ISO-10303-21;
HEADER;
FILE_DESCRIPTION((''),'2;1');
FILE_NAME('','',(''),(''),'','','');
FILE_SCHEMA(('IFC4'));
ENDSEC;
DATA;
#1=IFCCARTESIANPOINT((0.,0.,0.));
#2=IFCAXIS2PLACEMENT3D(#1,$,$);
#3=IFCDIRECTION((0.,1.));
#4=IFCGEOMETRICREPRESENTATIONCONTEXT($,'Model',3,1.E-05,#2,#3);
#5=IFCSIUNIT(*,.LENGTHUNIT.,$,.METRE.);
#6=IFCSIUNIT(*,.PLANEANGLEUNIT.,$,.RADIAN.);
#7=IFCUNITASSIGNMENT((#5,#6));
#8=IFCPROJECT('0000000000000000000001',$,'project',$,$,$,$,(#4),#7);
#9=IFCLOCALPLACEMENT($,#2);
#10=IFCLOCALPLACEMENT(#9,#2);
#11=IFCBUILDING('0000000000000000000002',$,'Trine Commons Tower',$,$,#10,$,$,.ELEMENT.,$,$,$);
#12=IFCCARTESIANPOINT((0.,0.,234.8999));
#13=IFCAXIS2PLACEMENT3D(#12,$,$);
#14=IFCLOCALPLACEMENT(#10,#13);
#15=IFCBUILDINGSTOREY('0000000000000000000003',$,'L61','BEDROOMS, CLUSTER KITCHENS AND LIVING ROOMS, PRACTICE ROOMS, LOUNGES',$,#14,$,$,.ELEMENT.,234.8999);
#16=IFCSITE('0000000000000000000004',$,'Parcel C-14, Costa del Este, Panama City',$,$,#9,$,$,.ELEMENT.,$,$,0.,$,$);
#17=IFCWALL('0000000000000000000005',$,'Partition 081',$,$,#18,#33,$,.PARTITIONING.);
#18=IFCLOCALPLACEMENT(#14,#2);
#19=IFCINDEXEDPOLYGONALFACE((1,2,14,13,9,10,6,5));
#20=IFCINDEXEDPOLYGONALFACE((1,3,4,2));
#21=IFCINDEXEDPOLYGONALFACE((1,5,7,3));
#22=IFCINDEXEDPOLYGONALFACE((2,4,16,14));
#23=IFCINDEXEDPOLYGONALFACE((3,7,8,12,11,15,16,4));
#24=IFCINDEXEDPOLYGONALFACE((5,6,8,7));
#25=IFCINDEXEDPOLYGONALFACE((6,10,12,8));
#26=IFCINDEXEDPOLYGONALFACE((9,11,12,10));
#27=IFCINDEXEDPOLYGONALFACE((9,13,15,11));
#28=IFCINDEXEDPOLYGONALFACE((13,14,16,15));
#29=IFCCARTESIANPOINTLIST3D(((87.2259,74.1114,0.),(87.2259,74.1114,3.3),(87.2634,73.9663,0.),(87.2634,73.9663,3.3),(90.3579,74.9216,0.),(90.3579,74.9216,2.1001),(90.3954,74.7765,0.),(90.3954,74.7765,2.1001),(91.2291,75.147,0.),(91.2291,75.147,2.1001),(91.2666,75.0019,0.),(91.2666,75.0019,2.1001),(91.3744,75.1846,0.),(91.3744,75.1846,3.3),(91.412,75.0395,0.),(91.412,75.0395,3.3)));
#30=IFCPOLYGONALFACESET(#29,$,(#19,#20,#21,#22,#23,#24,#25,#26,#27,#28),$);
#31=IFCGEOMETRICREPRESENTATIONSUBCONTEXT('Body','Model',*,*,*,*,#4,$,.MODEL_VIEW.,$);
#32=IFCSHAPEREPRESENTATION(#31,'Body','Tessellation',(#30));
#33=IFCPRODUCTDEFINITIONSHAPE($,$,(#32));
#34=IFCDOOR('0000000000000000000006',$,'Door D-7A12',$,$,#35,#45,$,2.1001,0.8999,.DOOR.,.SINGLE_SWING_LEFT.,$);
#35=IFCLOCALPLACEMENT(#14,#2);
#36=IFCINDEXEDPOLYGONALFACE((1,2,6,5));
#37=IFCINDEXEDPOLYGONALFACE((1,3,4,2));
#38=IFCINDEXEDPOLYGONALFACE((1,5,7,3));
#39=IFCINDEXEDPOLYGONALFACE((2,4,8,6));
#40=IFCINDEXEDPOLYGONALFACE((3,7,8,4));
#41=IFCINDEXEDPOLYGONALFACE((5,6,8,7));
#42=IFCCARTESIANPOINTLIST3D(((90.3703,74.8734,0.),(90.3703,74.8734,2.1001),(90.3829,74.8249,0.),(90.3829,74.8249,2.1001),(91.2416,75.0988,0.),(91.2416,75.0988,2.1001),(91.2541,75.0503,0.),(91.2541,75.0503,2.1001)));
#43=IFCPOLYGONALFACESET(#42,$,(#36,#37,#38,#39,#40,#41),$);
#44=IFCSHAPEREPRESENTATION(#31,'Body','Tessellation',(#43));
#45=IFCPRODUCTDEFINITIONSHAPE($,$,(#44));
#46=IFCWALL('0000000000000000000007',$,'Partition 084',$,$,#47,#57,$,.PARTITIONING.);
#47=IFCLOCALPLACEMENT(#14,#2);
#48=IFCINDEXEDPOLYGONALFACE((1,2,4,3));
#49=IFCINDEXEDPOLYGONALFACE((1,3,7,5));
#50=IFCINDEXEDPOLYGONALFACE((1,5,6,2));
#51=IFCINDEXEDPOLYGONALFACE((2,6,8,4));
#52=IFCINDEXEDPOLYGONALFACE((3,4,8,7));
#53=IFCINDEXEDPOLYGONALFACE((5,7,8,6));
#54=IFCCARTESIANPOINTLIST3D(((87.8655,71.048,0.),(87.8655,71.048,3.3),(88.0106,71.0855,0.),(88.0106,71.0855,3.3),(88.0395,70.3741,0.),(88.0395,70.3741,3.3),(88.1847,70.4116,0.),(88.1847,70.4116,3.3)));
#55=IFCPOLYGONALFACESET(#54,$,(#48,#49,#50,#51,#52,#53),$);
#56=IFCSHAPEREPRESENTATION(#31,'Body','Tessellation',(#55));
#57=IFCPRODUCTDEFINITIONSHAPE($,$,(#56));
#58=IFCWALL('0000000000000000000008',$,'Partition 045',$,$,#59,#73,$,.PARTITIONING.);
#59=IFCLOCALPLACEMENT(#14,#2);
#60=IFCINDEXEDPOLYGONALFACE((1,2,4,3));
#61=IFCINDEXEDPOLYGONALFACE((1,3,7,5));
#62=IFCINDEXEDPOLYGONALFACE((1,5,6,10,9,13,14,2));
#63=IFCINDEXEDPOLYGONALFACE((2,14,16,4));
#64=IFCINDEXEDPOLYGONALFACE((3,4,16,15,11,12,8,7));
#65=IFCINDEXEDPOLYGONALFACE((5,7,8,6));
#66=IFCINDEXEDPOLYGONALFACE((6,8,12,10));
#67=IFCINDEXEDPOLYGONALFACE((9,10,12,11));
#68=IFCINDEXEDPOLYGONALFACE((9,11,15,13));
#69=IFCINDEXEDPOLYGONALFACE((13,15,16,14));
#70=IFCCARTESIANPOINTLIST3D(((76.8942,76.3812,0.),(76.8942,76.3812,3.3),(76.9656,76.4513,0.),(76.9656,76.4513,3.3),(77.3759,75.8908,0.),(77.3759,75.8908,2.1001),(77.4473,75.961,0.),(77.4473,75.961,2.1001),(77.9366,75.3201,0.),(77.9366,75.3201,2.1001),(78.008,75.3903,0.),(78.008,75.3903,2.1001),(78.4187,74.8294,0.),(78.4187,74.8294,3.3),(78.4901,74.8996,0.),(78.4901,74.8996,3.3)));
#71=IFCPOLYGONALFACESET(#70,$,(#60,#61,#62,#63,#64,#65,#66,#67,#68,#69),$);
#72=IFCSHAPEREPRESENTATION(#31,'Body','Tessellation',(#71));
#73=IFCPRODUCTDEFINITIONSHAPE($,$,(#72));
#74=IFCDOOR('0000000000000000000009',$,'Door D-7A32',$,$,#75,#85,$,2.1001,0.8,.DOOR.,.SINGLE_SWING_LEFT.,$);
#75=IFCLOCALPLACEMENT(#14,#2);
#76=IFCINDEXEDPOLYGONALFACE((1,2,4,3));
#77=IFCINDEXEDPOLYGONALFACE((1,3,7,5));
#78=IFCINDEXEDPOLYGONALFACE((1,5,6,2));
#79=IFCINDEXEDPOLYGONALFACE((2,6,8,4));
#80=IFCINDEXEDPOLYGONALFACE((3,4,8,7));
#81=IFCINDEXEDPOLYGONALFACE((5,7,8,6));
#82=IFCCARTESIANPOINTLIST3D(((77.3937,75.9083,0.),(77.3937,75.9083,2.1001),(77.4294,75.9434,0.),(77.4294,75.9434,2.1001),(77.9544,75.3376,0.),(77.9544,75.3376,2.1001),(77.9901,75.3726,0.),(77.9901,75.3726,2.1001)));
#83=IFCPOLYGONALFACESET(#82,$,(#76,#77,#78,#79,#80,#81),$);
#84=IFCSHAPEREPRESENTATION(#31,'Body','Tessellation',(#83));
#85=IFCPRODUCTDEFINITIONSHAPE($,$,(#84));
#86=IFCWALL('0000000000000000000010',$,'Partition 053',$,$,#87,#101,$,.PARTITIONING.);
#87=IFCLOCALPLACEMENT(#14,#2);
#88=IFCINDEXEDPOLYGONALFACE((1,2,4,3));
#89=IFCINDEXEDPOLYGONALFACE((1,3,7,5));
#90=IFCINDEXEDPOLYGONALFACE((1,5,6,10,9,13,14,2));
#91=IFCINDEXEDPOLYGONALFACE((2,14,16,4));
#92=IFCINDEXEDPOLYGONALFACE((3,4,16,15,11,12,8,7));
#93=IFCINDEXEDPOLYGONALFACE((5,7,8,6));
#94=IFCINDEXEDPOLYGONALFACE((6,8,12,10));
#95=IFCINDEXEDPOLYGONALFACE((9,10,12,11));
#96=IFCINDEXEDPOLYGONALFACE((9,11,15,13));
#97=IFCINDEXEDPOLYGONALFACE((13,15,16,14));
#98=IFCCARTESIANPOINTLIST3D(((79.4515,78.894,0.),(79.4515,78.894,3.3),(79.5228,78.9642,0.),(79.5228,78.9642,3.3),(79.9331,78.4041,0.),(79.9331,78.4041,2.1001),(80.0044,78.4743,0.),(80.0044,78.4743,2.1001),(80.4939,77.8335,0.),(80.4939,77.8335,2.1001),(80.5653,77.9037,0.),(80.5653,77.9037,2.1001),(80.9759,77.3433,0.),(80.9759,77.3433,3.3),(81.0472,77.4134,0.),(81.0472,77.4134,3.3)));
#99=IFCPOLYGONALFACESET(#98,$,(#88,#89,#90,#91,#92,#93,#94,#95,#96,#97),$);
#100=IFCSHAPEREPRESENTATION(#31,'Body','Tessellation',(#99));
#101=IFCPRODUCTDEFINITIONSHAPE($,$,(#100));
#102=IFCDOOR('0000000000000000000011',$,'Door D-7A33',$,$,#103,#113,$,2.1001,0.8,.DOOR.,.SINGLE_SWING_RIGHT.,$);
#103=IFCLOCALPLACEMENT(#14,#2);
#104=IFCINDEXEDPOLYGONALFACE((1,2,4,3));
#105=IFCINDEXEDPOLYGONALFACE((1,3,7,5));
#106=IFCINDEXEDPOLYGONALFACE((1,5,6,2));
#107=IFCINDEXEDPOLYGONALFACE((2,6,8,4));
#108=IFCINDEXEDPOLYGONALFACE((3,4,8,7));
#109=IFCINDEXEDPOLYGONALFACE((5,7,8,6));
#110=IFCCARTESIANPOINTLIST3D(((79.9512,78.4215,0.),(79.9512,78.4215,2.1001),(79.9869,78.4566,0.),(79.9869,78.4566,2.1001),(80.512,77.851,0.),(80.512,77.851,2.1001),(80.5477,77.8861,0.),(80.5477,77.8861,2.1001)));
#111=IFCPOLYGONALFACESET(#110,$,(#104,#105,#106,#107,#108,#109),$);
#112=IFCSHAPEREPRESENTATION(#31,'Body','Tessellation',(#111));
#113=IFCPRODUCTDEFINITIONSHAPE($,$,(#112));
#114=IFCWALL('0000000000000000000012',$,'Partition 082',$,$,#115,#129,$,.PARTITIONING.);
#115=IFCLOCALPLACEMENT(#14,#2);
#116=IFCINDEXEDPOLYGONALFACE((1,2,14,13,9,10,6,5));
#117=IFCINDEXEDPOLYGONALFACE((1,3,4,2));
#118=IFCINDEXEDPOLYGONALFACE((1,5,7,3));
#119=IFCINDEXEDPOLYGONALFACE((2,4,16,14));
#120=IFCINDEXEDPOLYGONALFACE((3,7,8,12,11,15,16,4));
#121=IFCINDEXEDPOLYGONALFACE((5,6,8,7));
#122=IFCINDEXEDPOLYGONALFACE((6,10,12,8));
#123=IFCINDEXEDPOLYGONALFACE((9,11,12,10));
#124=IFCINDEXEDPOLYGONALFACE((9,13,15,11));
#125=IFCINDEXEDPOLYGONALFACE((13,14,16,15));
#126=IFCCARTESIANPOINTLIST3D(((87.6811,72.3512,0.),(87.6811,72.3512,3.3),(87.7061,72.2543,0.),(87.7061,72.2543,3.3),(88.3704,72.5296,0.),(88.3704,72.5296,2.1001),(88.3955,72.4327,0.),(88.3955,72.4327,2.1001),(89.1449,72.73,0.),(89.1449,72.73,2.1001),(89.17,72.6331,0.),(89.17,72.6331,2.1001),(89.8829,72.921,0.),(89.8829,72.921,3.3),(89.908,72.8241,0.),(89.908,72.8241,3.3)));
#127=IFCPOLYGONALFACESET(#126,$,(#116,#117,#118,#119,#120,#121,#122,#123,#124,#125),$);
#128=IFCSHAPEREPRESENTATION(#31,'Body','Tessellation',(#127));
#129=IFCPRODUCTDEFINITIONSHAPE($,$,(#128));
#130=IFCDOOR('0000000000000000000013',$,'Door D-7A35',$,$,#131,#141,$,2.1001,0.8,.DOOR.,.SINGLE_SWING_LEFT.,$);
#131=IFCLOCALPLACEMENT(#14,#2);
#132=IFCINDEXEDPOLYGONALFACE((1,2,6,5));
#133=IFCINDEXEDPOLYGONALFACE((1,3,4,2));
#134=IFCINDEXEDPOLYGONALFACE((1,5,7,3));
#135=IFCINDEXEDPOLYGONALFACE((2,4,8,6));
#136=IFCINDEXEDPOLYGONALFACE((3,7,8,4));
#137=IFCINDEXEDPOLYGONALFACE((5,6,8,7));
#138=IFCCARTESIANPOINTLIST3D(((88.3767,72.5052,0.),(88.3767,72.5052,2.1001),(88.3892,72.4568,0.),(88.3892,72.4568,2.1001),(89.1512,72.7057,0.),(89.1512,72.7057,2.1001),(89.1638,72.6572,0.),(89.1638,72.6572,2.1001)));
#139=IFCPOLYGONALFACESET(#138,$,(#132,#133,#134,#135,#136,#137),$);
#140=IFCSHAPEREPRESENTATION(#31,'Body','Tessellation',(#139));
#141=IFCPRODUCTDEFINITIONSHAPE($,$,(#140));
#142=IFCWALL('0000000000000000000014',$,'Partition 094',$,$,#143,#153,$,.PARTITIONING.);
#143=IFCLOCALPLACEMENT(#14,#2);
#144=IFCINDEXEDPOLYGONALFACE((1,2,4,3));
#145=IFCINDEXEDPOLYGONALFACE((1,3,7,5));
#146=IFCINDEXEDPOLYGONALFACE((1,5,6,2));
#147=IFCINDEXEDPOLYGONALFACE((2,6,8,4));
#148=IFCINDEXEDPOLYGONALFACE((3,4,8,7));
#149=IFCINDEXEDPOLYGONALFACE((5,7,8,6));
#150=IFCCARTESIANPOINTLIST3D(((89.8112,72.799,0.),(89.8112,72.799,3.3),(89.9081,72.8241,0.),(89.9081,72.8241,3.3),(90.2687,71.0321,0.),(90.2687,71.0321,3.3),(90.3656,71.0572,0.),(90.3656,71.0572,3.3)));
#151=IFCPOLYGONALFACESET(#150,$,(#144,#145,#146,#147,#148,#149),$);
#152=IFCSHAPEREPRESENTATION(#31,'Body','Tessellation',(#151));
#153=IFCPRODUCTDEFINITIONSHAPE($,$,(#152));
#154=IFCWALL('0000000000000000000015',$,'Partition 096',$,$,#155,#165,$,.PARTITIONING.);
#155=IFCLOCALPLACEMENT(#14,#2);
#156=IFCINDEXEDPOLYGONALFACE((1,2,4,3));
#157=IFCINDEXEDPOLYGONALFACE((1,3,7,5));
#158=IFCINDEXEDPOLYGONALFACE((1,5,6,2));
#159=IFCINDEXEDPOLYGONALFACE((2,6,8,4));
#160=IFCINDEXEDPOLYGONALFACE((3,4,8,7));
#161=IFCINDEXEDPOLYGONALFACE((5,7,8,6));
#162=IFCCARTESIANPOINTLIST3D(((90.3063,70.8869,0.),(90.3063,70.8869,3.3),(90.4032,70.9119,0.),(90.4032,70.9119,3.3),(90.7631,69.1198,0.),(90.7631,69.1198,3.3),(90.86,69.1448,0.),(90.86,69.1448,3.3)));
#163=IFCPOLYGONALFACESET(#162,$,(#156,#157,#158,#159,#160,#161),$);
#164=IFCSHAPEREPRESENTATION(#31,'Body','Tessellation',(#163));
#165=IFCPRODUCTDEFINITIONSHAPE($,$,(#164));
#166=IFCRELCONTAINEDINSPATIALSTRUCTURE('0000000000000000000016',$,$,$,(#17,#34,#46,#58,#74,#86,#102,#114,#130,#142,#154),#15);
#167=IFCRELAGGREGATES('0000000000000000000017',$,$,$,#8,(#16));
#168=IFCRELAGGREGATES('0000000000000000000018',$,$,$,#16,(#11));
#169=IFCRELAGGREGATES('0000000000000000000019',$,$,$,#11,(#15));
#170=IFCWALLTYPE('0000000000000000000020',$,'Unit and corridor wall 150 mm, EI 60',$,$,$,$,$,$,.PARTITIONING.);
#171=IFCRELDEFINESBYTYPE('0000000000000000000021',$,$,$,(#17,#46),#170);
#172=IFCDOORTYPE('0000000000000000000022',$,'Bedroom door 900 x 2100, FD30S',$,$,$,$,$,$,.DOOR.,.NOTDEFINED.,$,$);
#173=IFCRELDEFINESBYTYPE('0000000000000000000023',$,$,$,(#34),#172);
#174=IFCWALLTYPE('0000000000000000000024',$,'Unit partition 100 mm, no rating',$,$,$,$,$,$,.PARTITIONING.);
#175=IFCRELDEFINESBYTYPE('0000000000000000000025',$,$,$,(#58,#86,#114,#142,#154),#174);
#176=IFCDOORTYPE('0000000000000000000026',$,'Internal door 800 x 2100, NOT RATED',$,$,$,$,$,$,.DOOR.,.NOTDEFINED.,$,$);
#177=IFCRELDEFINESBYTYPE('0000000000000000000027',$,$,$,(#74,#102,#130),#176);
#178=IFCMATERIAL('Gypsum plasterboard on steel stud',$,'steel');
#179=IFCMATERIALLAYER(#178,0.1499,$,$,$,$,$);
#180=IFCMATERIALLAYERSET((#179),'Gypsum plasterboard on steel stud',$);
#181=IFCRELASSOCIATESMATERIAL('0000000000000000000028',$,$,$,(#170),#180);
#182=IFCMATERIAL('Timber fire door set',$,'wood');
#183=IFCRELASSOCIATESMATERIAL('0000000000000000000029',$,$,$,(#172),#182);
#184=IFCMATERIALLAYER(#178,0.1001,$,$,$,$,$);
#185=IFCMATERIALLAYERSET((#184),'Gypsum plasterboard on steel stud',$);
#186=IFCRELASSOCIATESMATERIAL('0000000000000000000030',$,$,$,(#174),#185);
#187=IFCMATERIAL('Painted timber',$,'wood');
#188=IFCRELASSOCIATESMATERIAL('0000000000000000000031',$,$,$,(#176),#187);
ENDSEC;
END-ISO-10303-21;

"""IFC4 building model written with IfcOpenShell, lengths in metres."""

from ifc_helpers import new_model, si_unit, direction, frame, frame_2d, origin, place, context, subcontext, project, spatial, rectangle, extrude, material, layer, layer_set, type_object, element, fill, save


model = new_model("IFC4")

# Units and contexts
model_context = context("Model", 3, precision=1e-05, world=origin(), true_north=direction((0.0, 1.0)))
body_context = subcontext(model_context, "Body", "Model", "MODEL_VIEW")
ifc_project = project(units=[si_unit("LENGTHUNIT", "METRE"), si_unit("PLANEANGLEUNIT", "RADIAN")], contexts=[model_context])

# Site, building, storey
site_placement = place(None, origin())
site = spatial("IfcSite", under=ifc_project, at=site_placement, Name="Parcel C-14, Costa del Este, Panama City", CompositionType="ELEMENT", RefElevation=0.0)
building_placement = place(site_placement, origin())
building = spatial("IfcBuilding", under=site, at=building_placement, Name="Trine Commons Tower", CompositionType="ELEMENT")
storey_placement = place(building_placement, frame((0.0, 0.0, 234.8999)))
storey = spatial("IfcBuildingStorey", under=building, at=storey_placement, Name="L61", Description="BEDROOMS, CLUSTER KITCHENS AND LIVING ROOMS, PRACTICE ROOMS, LOUNGES", CompositionType="ELEMENT", Elevation=234.8999)

# Shared definitions
ifc_material_1 = material(Name="Gypsum plasterboard on steel stud", Category="steel")
ifc_layer_1 = layer(ifc_material_1, 0.1499)
ifc_layer_set_1 = layer_set([ifc_layer_1], Name="Gypsum plasterboard on steel stud")
wall_type_1 = type_object("IfcWallType", Name="Unit and corridor wall 150 mm, EI 60", PredefinedType="PARTITIONING", material=ifc_layer_set_1)

# Shared definitions
ifc_material_2 = material(Name="Painted timber", Category="wood")

# Shared definitions
ifc_material_3 = material(Name="Timber fire door set", Category="wood")

# Wall, opening, door
wall_1_placement = place(storey_placement, frame((87.2446, 74.0388, 0.0), z_axis=(0.0, 0.0, 1.0), x_axis=(0.96813, 0.25045, 0.0)))
wall_1 = element("IfcWall", 1, at=wall_1_placement, inside=storey, type_object=wall_type_1, Name="Partition 081", PredefinedType="PARTITIONING", context=body_context, shape_type="SweptSolid", body=[
    extrude(rectangle(XDim=4.2852, YDim=0.1499, at=frame_2d((2.1426, 0.0))), origin(), (0.0, 0.0, 1.0), 3.3),
])
opening_1_placement = place(wall_1_placement, frame((3.2351, 0.0, 0.0)))
opening_1 = element("IfcOpeningElement", 2, at=opening_1_placement, cuts=wall_1, PredefinedType="OPENING", context=body_context, shape_type="SweptSolid", body=[
    extrude(rectangle(XDim=0.8999, YDim=2.1001, at=frame_2d((0.45, 1.05))), frame((0.0, 0.085, 0.0), z_axis=(0.0, -1.0, 0.0), x_axis=(1.0, 0.0, 0.0)), (0.0, 0.0, 1.0), 0.1699),
])
door_type_1 = type_object("IfcDoorType", Name="Bedroom door 900 x 2100, FD30S", OperationType="NOTDEFINED", PredefinedType="DOOR", material=ifc_material_3)
door_1_placement = place(opening_1_placement, frame((0.8999, 0.0, 0.0), z_axis=(0.0, 0.0, 1.0), x_axis=(-1.0, 0.0, 0.0)))
door_1 = element("IfcDoor", 3, at=door_1_placement, inside=storey, type_object=door_type_1, Name="Door D-7A12", OperationType="SINGLE_SWING_LEFT", OverallHeight=2.1001, OverallWidth=0.8999, PredefinedType="DOOR", context=body_context, shape_type="SweptSolid", body=[
    extrude(rectangle(XDim=0.8999, YDim=2.1001, at=frame_2d((0.45, 1.05))), frame((0.0, 0.0249, 0.0), z_axis=(0.0, -1.0, 0.0), x_axis=(1.0, 0.0, 0.0)), (0.0, 0.0, 1.0), 0.05),
])
fill(opening_1, door_1)

# Wall
wall_2_placement = place(storey_placement, frame((87.938, 71.0669, 0.0), z_axis=(0.0, 0.0, 1.0), x_axis=(0.250122, -0.968214, 0.0)))
element("IfcWall", 4, at=wall_2_placement, inside=storey, type_object=wall_type_1, Name="Partition 084", PredefinedType="PARTITIONING", context=body_context, shape_type="SweptSolid", body=[
    extrude(rectangle(XDim=0.696, YDim=0.1499, at=frame_2d((0.3481, 0.0))), origin(), (0.0, 0.0, 1.0), 3.3),
])

# Walls, openings, doors
ifc_layer_2 = layer(ifc_material_1, 0.1001)
ifc_layer_set_2 = layer_set([ifc_layer_2], Name="Gypsum plasterboard on steel stud")
wall_type_2 = type_object("IfcWallType", Name="Unit partition 100 mm, no rating", PredefinedType="PARTITIONING", material=ifc_layer_set_2)
wall_3_placement = place(storey_placement, frame((76.9299, 76.4163, 0.0), z_axis=(0.0, 0.0, 1.0), x_axis=(0.700794, -0.713364, 0.0)))
wall_3 = element("IfcWall", 5, at=wall_3_placement, inside=storey, type_object=wall_type_2, Name="Partition 045", PredefinedType="PARTITIONING", context=body_context, shape_type="SweptSolid", body=[
    extrude(rectangle(XDim=2.1753, YDim=0.1001, at=frame_2d((1.0876, 0.0))), origin(), (0.0, 0.0, 1.0), 3.3),
])
opening_2_placement = place(wall_3_placement, frame((0.6875, 0.0, 0.0)))
opening_2 = element("IfcOpeningElement", 6, at=opening_2_placement, cuts=wall_3, PredefinedType="OPENING", context=body_context, shape_type="SweptSolid", body=[
    extrude(rectangle(XDim=0.8, YDim=2.1001, at=frame_2d((0.3999, 1.05))), frame((0.0, 0.0601, 0.0), z_axis=(0.0, -1.0, 0.0), x_axis=(1.0, 0.0, 0.0)), (0.0, 0.0, 1.0), 0.1201),
])
door_type_2 = type_object("IfcDoorType", Name="Internal door 800 x 2100, NOT RATED", OperationType="NOTDEFINED", PredefinedType="DOOR", material=ifc_material_2)
door_2_placement = place(opening_2_placement, origin())
door_2 = element("IfcDoor", 7, at=door_2_placement, inside=storey, type_object=door_type_2, Name="Door D-7A32", OperationType="SINGLE_SWING_LEFT", OverallHeight=2.1001, OverallWidth=0.8, PredefinedType="DOOR", context=body_context, shape_type="SweptSolid", body=[
    extrude(rectangle(XDim=0.8, YDim=2.1001, at=frame_2d((0.3999, 1.05))), frame((0.0, 0.0249, 0.0), z_axis=(0.0, -1.0, 0.0), x_axis=(1.0, 0.0, 0.0)), (0.0, 0.0, 1.0), 0.05),
])
fill(opening_2, door_2)
wall_4_placement = place(storey_placement, frame((79.4871, 78.9292, 0.0), z_axis=(0.0, 0.0, 1.0), x_axis=(0.701018, -0.713143, 0.0)))
wall_4 = element("IfcWall", 8, at=wall_4_placement, inside=storey, type_object=wall_type_2, Name="Partition 053", PredefinedType="PARTITIONING", context=body_context, shape_type="SweptSolid", body=[
    extrude(rectangle(XDim=2.1746, YDim=0.1001, at=frame_2d((1.0874, 0.0))), origin(), (0.0, 0.0, 1.0), 3.3),
])
opening_3_placement = place(wall_4_placement, frame((0.6873, 0.0, 0.0)))
opening_3 = element("IfcOpeningElement", 9, at=opening_3_placement, cuts=wall_4, PredefinedType="OPENING", context=body_context, shape_type="SweptSolid", body=[
    extrude(rectangle(XDim=0.8, YDim=2.1001, at=frame_2d((0.3999, 1.05))), frame((0.0, 0.0601, 0.0), z_axis=(0.0, -1.0, 0.0), x_axis=(1.0, 0.0, 0.0)), (0.0, 0.0, 1.0), 0.1201),
])
door_3_placement = place(opening_3_placement, frame((0.8, 0.0, 0.0), z_axis=(0.0, 0.0, 1.0), x_axis=(-1.0, 0.0, 0.0)))
door_3 = element("IfcDoor", 10, at=door_3_placement, inside=storey, type_object=door_type_2, Name="Door D-7A33", OperationType="SINGLE_SWING_RIGHT", OverallHeight=2.1001, OverallWidth=0.8, PredefinedType="DOOR", context=body_context, shape_type="SweptSolid", body=[
    extrude(rectangle(XDim=0.8, YDim=2.1001, at=frame_2d((0.3999, 1.05))), frame((0.0, 0.0249, 0.0), z_axis=(0.0, -1.0, 0.0), x_axis=(1.0, 0.0, 0.0)), (0.0, 0.0, 1.0), 0.05),
])
fill(opening_3, door_3)
wall_5_placement = place(storey_placement, frame((87.6936, 72.3027, 0.0), z_axis=(0.0, 0.0, 1.0), x_axis=(0.968108, 0.250534, 0.0)))
wall_5 = element("IfcWall", 11, at=wall_5_placement, inside=storey, type_object=wall_type_2, Name="Partition 082", PredefinedType="PARTITIONING", context=body_context, shape_type="SweptSolid", body=[
    extrude(rectangle(XDim=2.2744, YDim=0.1001, at=frame_2d((1.1372, 0.0))), origin(), (0.0, 0.0, 1.0), 3.3),
])
opening_4_placement = place(wall_5_placement, frame((0.7122, 0.0, 0.0)))
opening_4 = element("IfcOpeningElement", 12, at=opening_4_placement, cuts=wall_5, PredefinedType="OPENING", context=body_context, shape_type="SweptSolid", body=[
    extrude(rectangle(XDim=0.8, YDim=2.1001, at=frame_2d((0.3999, 1.05))), frame((0.0, 0.0601, 0.0), z_axis=(0.0, -1.0, 0.0), x_axis=(1.0, 0.0, 0.0)), (0.0, 0.0, 1.0), 0.1201),
])
door_4_placement = place(opening_4_placement, origin())
door_4 = element("IfcDoor", 13, at=door_4_placement, inside=storey, type_object=door_type_2, Name="Door D-7A35", OperationType="SINGLE_SWING_LEFT", OverallHeight=2.1001, OverallWidth=0.8, PredefinedType="DOOR", context=body_context, shape_type="SweptSolid", body=[
    extrude(rectangle(XDim=0.8, YDim=2.1001, at=frame_2d((0.3999, 1.05))), frame((0.0, 0.0249, 0.0), z_axis=(0.0, -1.0, 0.0), x_axis=(1.0, 0.0, 0.0)), (0.0, 0.0, 1.0), 0.05),
])
fill(opening_4, door_4)

# Walls
for number, where, z_axis, x_axis, name in (
    (14, (89.8596, 72.8115, 0.0), (0.0, 0.0, 1.0), (0.250679, -0.96807, 0.0), "Partition 094"),
    (15, (90.3547, 70.8994, 0.0), (0.0, 0.0, 1.0), (0.25027, -0.968176, 0.0), "Partition 096"),
):
    element("IfcWall", number, at=place(storey_placement, frame(where, z_axis=z_axis, x_axis=x_axis)), inside=storey, type_object=wall_type_2, Name=name, PredefinedType="PARTITIONING", context=body_context, shape_type="SweptSolid", body=[
        extrude(rectangle(XDim=1.8252, YDim=0.1001, at=frame_2d((0.9126, 0.0))), origin(), (0.0, 0.0, 1.0), 3.3),
    ])

save(model, "model.ifc")
